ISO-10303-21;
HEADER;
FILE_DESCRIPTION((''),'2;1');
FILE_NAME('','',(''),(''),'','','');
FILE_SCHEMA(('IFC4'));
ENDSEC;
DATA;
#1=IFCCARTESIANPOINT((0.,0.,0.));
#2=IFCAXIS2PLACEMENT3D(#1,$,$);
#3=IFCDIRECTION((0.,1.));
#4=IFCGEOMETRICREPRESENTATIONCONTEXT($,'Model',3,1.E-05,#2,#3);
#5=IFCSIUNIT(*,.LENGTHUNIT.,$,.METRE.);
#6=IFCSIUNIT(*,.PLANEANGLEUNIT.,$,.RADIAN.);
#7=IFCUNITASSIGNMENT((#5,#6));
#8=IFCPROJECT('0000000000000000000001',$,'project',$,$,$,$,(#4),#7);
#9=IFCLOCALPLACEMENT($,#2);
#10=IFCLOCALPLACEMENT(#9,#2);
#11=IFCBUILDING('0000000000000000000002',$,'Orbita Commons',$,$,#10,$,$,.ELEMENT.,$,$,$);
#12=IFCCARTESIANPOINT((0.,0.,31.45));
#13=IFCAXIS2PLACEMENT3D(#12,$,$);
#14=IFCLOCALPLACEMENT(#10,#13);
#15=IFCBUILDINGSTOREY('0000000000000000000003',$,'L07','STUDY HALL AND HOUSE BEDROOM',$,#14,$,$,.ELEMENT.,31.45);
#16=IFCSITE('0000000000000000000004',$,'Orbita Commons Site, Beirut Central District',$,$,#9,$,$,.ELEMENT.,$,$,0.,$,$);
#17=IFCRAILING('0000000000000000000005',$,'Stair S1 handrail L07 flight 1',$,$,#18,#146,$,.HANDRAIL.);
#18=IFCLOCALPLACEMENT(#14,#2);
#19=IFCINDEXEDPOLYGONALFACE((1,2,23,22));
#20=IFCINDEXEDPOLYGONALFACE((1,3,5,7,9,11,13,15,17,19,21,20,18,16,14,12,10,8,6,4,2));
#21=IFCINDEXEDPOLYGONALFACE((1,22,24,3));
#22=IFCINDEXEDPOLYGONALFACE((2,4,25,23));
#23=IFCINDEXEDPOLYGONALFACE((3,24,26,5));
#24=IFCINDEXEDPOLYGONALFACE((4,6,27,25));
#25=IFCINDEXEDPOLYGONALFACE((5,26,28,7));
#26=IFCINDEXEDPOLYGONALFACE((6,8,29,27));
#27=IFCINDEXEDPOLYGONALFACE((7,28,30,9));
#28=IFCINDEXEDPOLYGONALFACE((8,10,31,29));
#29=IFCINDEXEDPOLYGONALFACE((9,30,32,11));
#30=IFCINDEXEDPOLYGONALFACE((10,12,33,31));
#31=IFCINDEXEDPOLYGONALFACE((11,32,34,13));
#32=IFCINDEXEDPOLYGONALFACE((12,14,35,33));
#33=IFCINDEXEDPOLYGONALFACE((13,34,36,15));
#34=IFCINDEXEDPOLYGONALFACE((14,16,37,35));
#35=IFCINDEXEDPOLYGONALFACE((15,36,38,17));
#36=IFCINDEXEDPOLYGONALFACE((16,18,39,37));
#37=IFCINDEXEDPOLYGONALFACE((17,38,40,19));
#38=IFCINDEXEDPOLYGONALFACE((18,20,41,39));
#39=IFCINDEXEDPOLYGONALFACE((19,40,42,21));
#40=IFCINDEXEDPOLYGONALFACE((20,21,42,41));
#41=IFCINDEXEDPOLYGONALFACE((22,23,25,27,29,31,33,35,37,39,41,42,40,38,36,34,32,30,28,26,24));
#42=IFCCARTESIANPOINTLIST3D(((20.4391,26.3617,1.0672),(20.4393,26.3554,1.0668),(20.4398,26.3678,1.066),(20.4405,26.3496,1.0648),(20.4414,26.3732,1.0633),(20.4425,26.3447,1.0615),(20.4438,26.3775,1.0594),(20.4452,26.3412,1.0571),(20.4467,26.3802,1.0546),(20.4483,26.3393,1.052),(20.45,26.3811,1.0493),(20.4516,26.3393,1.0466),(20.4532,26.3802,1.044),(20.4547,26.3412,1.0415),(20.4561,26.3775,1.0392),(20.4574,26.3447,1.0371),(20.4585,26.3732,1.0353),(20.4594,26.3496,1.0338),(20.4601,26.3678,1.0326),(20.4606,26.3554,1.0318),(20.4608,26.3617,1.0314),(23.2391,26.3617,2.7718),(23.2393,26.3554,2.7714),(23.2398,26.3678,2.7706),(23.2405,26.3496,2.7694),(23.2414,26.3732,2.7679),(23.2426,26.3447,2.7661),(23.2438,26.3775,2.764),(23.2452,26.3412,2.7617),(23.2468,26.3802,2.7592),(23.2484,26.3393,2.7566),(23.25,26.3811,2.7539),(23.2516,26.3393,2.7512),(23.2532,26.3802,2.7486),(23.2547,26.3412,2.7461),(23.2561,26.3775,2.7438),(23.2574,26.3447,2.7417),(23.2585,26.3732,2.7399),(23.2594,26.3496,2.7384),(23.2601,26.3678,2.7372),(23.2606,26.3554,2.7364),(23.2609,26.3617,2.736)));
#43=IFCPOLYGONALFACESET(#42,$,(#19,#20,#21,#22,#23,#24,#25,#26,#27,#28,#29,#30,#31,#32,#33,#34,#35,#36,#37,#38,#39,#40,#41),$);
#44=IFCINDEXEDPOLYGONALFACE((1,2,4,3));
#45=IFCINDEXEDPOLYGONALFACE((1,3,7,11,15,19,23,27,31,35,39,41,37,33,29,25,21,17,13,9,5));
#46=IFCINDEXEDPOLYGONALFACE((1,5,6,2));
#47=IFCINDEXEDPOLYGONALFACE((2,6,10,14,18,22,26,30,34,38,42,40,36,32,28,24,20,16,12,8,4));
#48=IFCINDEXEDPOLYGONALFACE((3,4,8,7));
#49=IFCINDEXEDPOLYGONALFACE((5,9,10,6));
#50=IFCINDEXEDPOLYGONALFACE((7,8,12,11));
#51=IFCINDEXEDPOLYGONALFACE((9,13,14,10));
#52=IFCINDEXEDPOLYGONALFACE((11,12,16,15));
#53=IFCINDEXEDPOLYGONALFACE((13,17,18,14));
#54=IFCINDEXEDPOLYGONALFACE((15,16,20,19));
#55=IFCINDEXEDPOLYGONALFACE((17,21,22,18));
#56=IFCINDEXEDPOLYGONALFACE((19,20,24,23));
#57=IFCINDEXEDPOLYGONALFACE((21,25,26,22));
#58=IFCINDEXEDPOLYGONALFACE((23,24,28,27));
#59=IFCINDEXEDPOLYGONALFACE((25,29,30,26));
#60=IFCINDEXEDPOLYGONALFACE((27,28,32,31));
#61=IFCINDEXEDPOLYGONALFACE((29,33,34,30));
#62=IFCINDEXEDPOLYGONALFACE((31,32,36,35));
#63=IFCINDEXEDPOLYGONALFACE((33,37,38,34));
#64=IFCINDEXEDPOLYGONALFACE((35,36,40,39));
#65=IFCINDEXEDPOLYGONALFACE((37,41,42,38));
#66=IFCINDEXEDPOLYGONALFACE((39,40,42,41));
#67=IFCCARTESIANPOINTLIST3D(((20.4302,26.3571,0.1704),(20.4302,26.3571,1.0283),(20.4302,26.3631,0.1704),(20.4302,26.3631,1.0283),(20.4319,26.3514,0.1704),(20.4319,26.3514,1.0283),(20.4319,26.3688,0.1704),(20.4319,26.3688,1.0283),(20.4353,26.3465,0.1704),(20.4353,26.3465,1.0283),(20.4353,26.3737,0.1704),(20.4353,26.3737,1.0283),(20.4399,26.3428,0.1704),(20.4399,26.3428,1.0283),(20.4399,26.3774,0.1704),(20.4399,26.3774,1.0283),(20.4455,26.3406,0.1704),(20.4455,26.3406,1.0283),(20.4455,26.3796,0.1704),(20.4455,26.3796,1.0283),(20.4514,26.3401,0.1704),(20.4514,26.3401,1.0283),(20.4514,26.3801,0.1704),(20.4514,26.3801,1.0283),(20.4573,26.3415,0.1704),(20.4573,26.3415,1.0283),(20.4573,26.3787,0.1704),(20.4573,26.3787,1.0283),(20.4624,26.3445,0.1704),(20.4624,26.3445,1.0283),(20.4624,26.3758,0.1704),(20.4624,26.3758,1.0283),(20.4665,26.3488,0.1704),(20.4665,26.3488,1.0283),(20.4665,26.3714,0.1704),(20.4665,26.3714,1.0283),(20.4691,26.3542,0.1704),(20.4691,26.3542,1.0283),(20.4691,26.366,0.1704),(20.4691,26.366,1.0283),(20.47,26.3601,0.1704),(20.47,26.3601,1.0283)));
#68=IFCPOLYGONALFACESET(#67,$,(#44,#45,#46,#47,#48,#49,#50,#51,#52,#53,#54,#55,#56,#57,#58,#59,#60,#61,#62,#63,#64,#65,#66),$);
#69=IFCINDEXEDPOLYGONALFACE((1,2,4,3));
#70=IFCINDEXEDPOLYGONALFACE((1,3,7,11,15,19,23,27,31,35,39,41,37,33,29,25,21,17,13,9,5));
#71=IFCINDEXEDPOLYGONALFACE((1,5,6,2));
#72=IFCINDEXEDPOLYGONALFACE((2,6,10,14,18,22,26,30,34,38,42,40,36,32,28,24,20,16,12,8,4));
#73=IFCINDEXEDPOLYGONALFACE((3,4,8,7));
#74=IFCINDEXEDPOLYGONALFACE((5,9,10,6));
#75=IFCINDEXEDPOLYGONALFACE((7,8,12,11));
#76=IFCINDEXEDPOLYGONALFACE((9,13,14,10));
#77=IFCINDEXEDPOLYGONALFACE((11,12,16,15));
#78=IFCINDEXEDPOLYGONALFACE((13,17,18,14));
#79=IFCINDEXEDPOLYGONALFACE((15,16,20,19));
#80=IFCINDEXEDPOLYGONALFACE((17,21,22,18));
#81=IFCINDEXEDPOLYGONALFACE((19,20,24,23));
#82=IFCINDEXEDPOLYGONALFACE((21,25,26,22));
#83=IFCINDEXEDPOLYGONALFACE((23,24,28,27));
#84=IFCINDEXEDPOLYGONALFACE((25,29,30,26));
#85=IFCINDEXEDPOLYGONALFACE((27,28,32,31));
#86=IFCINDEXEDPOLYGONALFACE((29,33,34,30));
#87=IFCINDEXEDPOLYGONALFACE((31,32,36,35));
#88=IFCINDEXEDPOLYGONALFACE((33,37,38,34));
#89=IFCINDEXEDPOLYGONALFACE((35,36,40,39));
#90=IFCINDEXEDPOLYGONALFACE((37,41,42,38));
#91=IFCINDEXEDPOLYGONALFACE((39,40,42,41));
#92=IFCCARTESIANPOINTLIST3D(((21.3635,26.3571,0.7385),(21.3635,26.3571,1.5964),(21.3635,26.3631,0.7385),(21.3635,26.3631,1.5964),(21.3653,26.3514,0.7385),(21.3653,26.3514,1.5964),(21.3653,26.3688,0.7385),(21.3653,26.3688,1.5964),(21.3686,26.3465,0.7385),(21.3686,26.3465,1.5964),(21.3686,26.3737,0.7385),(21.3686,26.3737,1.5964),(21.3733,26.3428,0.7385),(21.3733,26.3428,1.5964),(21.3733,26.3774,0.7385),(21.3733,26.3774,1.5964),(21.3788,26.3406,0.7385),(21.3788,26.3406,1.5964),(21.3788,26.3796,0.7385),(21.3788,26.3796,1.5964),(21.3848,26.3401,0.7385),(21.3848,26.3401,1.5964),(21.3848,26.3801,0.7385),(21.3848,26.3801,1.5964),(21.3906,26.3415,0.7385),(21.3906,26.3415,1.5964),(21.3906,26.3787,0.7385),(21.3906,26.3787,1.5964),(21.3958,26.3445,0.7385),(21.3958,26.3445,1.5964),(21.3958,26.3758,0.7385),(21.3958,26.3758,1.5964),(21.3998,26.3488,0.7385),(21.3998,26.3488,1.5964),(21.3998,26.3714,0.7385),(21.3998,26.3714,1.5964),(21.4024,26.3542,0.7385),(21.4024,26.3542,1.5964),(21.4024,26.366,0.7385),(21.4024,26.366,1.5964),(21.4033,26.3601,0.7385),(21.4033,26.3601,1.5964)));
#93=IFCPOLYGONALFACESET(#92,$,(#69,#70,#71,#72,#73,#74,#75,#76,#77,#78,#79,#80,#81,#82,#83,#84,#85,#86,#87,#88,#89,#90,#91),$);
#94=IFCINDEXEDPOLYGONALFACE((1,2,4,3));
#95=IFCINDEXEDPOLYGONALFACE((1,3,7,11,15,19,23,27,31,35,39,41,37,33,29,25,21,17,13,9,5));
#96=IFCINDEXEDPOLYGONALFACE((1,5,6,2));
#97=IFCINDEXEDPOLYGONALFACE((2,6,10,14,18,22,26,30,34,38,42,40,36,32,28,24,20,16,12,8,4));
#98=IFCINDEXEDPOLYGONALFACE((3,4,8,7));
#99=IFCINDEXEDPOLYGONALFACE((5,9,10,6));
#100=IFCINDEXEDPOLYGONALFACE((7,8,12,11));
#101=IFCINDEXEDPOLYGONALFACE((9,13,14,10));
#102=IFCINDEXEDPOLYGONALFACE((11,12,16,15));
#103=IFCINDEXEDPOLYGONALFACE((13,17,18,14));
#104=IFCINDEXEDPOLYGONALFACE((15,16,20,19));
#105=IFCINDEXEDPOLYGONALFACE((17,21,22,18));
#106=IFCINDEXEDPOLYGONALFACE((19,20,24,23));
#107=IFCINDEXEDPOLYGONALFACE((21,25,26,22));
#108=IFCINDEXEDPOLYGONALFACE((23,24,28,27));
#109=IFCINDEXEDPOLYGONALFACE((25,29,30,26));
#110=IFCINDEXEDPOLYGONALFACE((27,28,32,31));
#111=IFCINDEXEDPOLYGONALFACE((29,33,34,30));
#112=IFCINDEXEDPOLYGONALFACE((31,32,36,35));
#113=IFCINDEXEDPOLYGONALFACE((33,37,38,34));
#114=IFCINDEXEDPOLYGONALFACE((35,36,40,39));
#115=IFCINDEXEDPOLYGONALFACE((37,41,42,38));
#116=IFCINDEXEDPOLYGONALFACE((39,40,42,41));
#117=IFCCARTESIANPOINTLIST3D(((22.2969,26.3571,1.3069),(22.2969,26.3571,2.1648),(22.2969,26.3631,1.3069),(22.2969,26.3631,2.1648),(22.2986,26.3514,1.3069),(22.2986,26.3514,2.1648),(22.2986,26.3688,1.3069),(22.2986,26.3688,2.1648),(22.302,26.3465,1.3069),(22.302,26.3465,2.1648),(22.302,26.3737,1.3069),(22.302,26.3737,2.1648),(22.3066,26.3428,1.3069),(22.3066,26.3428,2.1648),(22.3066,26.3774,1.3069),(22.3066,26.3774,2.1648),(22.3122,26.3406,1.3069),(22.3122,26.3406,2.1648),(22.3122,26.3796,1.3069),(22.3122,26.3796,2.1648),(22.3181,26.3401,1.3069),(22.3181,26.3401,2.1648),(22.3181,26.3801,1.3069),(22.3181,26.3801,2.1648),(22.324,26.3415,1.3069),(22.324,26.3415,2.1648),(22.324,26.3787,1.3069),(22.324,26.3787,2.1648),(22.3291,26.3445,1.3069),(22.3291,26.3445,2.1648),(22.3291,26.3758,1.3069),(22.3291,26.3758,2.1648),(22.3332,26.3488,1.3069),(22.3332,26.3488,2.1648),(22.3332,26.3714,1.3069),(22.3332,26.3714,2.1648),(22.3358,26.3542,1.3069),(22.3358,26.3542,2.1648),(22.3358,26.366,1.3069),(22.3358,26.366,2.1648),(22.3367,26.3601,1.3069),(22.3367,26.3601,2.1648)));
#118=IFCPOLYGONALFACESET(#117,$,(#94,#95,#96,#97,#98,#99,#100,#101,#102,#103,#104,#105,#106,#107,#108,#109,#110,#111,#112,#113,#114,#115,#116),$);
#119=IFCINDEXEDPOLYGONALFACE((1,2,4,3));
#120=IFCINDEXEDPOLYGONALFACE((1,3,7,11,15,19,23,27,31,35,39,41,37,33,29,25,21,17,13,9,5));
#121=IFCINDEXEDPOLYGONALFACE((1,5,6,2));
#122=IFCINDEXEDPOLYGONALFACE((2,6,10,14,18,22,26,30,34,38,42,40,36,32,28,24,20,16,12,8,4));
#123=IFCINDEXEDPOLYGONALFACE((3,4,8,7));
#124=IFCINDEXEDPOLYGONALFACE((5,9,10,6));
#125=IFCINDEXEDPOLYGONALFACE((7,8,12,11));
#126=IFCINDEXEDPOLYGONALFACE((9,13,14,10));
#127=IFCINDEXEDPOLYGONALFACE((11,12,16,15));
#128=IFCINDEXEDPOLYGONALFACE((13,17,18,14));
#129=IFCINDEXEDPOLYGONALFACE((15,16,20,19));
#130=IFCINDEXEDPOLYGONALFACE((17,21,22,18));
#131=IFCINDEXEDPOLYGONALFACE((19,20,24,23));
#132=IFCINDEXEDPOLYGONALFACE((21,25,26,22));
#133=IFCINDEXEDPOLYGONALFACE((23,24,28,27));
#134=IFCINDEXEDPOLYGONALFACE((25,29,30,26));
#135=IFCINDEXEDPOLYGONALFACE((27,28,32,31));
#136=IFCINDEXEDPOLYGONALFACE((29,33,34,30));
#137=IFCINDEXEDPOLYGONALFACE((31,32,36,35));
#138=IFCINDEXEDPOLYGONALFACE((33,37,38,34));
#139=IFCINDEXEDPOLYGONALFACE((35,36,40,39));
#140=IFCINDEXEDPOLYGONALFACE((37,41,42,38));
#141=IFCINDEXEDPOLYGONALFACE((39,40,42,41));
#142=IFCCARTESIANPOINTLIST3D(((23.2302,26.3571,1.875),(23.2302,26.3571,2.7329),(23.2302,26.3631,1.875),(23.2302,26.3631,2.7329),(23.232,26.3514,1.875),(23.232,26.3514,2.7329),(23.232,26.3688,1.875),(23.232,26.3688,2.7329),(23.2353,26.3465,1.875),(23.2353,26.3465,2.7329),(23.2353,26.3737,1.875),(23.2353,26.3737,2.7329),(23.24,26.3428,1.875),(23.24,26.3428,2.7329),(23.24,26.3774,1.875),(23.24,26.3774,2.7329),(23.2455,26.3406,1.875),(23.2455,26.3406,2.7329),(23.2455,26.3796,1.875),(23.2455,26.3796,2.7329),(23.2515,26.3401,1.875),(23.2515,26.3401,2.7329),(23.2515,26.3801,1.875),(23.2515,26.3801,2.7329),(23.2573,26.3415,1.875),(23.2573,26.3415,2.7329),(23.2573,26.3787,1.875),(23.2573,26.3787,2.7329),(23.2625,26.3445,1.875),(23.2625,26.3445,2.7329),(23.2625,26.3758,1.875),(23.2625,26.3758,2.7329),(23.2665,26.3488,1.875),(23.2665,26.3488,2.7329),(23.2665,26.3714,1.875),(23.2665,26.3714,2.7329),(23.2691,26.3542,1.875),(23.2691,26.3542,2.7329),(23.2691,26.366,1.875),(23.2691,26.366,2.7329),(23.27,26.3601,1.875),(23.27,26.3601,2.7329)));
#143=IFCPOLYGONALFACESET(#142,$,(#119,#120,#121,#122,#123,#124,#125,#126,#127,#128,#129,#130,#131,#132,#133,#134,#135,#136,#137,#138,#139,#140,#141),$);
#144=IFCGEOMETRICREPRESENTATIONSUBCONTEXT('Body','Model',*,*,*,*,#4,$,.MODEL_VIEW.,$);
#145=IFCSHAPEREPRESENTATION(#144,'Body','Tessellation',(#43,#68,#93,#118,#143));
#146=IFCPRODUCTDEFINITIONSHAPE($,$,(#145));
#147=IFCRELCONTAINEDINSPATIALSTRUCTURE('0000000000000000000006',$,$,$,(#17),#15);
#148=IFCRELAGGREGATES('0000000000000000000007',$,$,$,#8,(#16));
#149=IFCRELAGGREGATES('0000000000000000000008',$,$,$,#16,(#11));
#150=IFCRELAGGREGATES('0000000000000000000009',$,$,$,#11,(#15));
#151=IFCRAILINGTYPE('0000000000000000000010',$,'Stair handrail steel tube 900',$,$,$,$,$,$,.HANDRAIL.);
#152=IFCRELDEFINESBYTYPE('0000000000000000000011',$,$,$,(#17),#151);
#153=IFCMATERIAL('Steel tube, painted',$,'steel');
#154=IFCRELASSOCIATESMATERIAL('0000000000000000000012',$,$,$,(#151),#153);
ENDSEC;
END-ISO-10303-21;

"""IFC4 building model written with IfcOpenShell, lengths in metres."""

from ifc_helpers import new_model, si_unit, direction, frame, origin, origin_2d, place, context, subcontext, project, spatial, circle, extrude, material, type_object, element, save


model = new_model("IFC4")

# Units and contexts
model_context = context("Model", 3, precision=1e-05, world=origin(), true_north=direction((0.0, 1.0)))
body_context = subcontext(model_context, "Body", "Model", "MODEL_VIEW")
ifc_project = project(units=[si_unit("LENGTHUNIT", "METRE"), si_unit("PLANEANGLEUNIT", "RADIAN")], contexts=[model_context])

# Site, building, storey
site_placement = place(None, origin())
site = spatial("IfcSite", under=ifc_project, at=site_placement, Name="Orbita Commons Site, Beirut Central District", CompositionType="ELEMENT", RefElevation=0.0)
building_placement = place(site_placement, origin())
building = spatial("IfcBuilding", under=site, at=building_placement, Name="Orbita Commons", CompositionType="ELEMENT")
storey_placement = place(building_placement, frame((0.0, 0.0, 31.45)))
storey = spatial("IfcBuildingStorey", under=building, at=storey_placement, Name="L07", Description="STUDY HALL AND HOUSE BEDROOM", CompositionType="ELEMENT", Elevation=31.45)

# Railing
ifc_material_1 = material(Name="Steel tube, painted", Category="steel")
railing_type = type_object("IfcRailingType", Name="Stair handrail steel tube 900", PredefinedType="HANDRAIL", material=ifc_material_1)
railing_placement = place(storey_placement, frame((20.45, 26.3601, 0.1704)))
element("IfcRailing", 1, at=railing_placement, inside=storey, type_object=railing_type, Name="Stair S1 handrail L07 flight 1", PredefinedType="HANDRAIL", context=body_context, shape_type="SweptSolid", body=[
    extrude(circle(Radius=0.021, at=origin_2d()), frame((0.0, 0.0, 0.8789), z_axis=(0.85417, 0.0, 0.519994), x_axis=(0.0, 1.0, 0.0)), (0.0, 0.0, 1.0), 3.2781),
    extrude(circle(Radius=0.02, at=origin_2d()), origin(), (0.0, 0.0, 1.0), 0.8579),
    extrude(circle(Radius=0.02, at=origin_2d()), frame((0.9333, 0.0, 0.5681)), (0.0, 0.0, 1.0), 0.8579),
    extrude(circle(Radius=0.02, at=origin_2d()), frame((1.8667, 0.0, 1.1365)), (0.0, 0.0, 1.0), 0.8579),
    extrude(circle(Radius=0.02, at=origin_2d()), frame((2.8, 0.0, 1.7046)), (0.0, 0.0, 1.0), 0.8579),
])

save(model, "model.ifc")
